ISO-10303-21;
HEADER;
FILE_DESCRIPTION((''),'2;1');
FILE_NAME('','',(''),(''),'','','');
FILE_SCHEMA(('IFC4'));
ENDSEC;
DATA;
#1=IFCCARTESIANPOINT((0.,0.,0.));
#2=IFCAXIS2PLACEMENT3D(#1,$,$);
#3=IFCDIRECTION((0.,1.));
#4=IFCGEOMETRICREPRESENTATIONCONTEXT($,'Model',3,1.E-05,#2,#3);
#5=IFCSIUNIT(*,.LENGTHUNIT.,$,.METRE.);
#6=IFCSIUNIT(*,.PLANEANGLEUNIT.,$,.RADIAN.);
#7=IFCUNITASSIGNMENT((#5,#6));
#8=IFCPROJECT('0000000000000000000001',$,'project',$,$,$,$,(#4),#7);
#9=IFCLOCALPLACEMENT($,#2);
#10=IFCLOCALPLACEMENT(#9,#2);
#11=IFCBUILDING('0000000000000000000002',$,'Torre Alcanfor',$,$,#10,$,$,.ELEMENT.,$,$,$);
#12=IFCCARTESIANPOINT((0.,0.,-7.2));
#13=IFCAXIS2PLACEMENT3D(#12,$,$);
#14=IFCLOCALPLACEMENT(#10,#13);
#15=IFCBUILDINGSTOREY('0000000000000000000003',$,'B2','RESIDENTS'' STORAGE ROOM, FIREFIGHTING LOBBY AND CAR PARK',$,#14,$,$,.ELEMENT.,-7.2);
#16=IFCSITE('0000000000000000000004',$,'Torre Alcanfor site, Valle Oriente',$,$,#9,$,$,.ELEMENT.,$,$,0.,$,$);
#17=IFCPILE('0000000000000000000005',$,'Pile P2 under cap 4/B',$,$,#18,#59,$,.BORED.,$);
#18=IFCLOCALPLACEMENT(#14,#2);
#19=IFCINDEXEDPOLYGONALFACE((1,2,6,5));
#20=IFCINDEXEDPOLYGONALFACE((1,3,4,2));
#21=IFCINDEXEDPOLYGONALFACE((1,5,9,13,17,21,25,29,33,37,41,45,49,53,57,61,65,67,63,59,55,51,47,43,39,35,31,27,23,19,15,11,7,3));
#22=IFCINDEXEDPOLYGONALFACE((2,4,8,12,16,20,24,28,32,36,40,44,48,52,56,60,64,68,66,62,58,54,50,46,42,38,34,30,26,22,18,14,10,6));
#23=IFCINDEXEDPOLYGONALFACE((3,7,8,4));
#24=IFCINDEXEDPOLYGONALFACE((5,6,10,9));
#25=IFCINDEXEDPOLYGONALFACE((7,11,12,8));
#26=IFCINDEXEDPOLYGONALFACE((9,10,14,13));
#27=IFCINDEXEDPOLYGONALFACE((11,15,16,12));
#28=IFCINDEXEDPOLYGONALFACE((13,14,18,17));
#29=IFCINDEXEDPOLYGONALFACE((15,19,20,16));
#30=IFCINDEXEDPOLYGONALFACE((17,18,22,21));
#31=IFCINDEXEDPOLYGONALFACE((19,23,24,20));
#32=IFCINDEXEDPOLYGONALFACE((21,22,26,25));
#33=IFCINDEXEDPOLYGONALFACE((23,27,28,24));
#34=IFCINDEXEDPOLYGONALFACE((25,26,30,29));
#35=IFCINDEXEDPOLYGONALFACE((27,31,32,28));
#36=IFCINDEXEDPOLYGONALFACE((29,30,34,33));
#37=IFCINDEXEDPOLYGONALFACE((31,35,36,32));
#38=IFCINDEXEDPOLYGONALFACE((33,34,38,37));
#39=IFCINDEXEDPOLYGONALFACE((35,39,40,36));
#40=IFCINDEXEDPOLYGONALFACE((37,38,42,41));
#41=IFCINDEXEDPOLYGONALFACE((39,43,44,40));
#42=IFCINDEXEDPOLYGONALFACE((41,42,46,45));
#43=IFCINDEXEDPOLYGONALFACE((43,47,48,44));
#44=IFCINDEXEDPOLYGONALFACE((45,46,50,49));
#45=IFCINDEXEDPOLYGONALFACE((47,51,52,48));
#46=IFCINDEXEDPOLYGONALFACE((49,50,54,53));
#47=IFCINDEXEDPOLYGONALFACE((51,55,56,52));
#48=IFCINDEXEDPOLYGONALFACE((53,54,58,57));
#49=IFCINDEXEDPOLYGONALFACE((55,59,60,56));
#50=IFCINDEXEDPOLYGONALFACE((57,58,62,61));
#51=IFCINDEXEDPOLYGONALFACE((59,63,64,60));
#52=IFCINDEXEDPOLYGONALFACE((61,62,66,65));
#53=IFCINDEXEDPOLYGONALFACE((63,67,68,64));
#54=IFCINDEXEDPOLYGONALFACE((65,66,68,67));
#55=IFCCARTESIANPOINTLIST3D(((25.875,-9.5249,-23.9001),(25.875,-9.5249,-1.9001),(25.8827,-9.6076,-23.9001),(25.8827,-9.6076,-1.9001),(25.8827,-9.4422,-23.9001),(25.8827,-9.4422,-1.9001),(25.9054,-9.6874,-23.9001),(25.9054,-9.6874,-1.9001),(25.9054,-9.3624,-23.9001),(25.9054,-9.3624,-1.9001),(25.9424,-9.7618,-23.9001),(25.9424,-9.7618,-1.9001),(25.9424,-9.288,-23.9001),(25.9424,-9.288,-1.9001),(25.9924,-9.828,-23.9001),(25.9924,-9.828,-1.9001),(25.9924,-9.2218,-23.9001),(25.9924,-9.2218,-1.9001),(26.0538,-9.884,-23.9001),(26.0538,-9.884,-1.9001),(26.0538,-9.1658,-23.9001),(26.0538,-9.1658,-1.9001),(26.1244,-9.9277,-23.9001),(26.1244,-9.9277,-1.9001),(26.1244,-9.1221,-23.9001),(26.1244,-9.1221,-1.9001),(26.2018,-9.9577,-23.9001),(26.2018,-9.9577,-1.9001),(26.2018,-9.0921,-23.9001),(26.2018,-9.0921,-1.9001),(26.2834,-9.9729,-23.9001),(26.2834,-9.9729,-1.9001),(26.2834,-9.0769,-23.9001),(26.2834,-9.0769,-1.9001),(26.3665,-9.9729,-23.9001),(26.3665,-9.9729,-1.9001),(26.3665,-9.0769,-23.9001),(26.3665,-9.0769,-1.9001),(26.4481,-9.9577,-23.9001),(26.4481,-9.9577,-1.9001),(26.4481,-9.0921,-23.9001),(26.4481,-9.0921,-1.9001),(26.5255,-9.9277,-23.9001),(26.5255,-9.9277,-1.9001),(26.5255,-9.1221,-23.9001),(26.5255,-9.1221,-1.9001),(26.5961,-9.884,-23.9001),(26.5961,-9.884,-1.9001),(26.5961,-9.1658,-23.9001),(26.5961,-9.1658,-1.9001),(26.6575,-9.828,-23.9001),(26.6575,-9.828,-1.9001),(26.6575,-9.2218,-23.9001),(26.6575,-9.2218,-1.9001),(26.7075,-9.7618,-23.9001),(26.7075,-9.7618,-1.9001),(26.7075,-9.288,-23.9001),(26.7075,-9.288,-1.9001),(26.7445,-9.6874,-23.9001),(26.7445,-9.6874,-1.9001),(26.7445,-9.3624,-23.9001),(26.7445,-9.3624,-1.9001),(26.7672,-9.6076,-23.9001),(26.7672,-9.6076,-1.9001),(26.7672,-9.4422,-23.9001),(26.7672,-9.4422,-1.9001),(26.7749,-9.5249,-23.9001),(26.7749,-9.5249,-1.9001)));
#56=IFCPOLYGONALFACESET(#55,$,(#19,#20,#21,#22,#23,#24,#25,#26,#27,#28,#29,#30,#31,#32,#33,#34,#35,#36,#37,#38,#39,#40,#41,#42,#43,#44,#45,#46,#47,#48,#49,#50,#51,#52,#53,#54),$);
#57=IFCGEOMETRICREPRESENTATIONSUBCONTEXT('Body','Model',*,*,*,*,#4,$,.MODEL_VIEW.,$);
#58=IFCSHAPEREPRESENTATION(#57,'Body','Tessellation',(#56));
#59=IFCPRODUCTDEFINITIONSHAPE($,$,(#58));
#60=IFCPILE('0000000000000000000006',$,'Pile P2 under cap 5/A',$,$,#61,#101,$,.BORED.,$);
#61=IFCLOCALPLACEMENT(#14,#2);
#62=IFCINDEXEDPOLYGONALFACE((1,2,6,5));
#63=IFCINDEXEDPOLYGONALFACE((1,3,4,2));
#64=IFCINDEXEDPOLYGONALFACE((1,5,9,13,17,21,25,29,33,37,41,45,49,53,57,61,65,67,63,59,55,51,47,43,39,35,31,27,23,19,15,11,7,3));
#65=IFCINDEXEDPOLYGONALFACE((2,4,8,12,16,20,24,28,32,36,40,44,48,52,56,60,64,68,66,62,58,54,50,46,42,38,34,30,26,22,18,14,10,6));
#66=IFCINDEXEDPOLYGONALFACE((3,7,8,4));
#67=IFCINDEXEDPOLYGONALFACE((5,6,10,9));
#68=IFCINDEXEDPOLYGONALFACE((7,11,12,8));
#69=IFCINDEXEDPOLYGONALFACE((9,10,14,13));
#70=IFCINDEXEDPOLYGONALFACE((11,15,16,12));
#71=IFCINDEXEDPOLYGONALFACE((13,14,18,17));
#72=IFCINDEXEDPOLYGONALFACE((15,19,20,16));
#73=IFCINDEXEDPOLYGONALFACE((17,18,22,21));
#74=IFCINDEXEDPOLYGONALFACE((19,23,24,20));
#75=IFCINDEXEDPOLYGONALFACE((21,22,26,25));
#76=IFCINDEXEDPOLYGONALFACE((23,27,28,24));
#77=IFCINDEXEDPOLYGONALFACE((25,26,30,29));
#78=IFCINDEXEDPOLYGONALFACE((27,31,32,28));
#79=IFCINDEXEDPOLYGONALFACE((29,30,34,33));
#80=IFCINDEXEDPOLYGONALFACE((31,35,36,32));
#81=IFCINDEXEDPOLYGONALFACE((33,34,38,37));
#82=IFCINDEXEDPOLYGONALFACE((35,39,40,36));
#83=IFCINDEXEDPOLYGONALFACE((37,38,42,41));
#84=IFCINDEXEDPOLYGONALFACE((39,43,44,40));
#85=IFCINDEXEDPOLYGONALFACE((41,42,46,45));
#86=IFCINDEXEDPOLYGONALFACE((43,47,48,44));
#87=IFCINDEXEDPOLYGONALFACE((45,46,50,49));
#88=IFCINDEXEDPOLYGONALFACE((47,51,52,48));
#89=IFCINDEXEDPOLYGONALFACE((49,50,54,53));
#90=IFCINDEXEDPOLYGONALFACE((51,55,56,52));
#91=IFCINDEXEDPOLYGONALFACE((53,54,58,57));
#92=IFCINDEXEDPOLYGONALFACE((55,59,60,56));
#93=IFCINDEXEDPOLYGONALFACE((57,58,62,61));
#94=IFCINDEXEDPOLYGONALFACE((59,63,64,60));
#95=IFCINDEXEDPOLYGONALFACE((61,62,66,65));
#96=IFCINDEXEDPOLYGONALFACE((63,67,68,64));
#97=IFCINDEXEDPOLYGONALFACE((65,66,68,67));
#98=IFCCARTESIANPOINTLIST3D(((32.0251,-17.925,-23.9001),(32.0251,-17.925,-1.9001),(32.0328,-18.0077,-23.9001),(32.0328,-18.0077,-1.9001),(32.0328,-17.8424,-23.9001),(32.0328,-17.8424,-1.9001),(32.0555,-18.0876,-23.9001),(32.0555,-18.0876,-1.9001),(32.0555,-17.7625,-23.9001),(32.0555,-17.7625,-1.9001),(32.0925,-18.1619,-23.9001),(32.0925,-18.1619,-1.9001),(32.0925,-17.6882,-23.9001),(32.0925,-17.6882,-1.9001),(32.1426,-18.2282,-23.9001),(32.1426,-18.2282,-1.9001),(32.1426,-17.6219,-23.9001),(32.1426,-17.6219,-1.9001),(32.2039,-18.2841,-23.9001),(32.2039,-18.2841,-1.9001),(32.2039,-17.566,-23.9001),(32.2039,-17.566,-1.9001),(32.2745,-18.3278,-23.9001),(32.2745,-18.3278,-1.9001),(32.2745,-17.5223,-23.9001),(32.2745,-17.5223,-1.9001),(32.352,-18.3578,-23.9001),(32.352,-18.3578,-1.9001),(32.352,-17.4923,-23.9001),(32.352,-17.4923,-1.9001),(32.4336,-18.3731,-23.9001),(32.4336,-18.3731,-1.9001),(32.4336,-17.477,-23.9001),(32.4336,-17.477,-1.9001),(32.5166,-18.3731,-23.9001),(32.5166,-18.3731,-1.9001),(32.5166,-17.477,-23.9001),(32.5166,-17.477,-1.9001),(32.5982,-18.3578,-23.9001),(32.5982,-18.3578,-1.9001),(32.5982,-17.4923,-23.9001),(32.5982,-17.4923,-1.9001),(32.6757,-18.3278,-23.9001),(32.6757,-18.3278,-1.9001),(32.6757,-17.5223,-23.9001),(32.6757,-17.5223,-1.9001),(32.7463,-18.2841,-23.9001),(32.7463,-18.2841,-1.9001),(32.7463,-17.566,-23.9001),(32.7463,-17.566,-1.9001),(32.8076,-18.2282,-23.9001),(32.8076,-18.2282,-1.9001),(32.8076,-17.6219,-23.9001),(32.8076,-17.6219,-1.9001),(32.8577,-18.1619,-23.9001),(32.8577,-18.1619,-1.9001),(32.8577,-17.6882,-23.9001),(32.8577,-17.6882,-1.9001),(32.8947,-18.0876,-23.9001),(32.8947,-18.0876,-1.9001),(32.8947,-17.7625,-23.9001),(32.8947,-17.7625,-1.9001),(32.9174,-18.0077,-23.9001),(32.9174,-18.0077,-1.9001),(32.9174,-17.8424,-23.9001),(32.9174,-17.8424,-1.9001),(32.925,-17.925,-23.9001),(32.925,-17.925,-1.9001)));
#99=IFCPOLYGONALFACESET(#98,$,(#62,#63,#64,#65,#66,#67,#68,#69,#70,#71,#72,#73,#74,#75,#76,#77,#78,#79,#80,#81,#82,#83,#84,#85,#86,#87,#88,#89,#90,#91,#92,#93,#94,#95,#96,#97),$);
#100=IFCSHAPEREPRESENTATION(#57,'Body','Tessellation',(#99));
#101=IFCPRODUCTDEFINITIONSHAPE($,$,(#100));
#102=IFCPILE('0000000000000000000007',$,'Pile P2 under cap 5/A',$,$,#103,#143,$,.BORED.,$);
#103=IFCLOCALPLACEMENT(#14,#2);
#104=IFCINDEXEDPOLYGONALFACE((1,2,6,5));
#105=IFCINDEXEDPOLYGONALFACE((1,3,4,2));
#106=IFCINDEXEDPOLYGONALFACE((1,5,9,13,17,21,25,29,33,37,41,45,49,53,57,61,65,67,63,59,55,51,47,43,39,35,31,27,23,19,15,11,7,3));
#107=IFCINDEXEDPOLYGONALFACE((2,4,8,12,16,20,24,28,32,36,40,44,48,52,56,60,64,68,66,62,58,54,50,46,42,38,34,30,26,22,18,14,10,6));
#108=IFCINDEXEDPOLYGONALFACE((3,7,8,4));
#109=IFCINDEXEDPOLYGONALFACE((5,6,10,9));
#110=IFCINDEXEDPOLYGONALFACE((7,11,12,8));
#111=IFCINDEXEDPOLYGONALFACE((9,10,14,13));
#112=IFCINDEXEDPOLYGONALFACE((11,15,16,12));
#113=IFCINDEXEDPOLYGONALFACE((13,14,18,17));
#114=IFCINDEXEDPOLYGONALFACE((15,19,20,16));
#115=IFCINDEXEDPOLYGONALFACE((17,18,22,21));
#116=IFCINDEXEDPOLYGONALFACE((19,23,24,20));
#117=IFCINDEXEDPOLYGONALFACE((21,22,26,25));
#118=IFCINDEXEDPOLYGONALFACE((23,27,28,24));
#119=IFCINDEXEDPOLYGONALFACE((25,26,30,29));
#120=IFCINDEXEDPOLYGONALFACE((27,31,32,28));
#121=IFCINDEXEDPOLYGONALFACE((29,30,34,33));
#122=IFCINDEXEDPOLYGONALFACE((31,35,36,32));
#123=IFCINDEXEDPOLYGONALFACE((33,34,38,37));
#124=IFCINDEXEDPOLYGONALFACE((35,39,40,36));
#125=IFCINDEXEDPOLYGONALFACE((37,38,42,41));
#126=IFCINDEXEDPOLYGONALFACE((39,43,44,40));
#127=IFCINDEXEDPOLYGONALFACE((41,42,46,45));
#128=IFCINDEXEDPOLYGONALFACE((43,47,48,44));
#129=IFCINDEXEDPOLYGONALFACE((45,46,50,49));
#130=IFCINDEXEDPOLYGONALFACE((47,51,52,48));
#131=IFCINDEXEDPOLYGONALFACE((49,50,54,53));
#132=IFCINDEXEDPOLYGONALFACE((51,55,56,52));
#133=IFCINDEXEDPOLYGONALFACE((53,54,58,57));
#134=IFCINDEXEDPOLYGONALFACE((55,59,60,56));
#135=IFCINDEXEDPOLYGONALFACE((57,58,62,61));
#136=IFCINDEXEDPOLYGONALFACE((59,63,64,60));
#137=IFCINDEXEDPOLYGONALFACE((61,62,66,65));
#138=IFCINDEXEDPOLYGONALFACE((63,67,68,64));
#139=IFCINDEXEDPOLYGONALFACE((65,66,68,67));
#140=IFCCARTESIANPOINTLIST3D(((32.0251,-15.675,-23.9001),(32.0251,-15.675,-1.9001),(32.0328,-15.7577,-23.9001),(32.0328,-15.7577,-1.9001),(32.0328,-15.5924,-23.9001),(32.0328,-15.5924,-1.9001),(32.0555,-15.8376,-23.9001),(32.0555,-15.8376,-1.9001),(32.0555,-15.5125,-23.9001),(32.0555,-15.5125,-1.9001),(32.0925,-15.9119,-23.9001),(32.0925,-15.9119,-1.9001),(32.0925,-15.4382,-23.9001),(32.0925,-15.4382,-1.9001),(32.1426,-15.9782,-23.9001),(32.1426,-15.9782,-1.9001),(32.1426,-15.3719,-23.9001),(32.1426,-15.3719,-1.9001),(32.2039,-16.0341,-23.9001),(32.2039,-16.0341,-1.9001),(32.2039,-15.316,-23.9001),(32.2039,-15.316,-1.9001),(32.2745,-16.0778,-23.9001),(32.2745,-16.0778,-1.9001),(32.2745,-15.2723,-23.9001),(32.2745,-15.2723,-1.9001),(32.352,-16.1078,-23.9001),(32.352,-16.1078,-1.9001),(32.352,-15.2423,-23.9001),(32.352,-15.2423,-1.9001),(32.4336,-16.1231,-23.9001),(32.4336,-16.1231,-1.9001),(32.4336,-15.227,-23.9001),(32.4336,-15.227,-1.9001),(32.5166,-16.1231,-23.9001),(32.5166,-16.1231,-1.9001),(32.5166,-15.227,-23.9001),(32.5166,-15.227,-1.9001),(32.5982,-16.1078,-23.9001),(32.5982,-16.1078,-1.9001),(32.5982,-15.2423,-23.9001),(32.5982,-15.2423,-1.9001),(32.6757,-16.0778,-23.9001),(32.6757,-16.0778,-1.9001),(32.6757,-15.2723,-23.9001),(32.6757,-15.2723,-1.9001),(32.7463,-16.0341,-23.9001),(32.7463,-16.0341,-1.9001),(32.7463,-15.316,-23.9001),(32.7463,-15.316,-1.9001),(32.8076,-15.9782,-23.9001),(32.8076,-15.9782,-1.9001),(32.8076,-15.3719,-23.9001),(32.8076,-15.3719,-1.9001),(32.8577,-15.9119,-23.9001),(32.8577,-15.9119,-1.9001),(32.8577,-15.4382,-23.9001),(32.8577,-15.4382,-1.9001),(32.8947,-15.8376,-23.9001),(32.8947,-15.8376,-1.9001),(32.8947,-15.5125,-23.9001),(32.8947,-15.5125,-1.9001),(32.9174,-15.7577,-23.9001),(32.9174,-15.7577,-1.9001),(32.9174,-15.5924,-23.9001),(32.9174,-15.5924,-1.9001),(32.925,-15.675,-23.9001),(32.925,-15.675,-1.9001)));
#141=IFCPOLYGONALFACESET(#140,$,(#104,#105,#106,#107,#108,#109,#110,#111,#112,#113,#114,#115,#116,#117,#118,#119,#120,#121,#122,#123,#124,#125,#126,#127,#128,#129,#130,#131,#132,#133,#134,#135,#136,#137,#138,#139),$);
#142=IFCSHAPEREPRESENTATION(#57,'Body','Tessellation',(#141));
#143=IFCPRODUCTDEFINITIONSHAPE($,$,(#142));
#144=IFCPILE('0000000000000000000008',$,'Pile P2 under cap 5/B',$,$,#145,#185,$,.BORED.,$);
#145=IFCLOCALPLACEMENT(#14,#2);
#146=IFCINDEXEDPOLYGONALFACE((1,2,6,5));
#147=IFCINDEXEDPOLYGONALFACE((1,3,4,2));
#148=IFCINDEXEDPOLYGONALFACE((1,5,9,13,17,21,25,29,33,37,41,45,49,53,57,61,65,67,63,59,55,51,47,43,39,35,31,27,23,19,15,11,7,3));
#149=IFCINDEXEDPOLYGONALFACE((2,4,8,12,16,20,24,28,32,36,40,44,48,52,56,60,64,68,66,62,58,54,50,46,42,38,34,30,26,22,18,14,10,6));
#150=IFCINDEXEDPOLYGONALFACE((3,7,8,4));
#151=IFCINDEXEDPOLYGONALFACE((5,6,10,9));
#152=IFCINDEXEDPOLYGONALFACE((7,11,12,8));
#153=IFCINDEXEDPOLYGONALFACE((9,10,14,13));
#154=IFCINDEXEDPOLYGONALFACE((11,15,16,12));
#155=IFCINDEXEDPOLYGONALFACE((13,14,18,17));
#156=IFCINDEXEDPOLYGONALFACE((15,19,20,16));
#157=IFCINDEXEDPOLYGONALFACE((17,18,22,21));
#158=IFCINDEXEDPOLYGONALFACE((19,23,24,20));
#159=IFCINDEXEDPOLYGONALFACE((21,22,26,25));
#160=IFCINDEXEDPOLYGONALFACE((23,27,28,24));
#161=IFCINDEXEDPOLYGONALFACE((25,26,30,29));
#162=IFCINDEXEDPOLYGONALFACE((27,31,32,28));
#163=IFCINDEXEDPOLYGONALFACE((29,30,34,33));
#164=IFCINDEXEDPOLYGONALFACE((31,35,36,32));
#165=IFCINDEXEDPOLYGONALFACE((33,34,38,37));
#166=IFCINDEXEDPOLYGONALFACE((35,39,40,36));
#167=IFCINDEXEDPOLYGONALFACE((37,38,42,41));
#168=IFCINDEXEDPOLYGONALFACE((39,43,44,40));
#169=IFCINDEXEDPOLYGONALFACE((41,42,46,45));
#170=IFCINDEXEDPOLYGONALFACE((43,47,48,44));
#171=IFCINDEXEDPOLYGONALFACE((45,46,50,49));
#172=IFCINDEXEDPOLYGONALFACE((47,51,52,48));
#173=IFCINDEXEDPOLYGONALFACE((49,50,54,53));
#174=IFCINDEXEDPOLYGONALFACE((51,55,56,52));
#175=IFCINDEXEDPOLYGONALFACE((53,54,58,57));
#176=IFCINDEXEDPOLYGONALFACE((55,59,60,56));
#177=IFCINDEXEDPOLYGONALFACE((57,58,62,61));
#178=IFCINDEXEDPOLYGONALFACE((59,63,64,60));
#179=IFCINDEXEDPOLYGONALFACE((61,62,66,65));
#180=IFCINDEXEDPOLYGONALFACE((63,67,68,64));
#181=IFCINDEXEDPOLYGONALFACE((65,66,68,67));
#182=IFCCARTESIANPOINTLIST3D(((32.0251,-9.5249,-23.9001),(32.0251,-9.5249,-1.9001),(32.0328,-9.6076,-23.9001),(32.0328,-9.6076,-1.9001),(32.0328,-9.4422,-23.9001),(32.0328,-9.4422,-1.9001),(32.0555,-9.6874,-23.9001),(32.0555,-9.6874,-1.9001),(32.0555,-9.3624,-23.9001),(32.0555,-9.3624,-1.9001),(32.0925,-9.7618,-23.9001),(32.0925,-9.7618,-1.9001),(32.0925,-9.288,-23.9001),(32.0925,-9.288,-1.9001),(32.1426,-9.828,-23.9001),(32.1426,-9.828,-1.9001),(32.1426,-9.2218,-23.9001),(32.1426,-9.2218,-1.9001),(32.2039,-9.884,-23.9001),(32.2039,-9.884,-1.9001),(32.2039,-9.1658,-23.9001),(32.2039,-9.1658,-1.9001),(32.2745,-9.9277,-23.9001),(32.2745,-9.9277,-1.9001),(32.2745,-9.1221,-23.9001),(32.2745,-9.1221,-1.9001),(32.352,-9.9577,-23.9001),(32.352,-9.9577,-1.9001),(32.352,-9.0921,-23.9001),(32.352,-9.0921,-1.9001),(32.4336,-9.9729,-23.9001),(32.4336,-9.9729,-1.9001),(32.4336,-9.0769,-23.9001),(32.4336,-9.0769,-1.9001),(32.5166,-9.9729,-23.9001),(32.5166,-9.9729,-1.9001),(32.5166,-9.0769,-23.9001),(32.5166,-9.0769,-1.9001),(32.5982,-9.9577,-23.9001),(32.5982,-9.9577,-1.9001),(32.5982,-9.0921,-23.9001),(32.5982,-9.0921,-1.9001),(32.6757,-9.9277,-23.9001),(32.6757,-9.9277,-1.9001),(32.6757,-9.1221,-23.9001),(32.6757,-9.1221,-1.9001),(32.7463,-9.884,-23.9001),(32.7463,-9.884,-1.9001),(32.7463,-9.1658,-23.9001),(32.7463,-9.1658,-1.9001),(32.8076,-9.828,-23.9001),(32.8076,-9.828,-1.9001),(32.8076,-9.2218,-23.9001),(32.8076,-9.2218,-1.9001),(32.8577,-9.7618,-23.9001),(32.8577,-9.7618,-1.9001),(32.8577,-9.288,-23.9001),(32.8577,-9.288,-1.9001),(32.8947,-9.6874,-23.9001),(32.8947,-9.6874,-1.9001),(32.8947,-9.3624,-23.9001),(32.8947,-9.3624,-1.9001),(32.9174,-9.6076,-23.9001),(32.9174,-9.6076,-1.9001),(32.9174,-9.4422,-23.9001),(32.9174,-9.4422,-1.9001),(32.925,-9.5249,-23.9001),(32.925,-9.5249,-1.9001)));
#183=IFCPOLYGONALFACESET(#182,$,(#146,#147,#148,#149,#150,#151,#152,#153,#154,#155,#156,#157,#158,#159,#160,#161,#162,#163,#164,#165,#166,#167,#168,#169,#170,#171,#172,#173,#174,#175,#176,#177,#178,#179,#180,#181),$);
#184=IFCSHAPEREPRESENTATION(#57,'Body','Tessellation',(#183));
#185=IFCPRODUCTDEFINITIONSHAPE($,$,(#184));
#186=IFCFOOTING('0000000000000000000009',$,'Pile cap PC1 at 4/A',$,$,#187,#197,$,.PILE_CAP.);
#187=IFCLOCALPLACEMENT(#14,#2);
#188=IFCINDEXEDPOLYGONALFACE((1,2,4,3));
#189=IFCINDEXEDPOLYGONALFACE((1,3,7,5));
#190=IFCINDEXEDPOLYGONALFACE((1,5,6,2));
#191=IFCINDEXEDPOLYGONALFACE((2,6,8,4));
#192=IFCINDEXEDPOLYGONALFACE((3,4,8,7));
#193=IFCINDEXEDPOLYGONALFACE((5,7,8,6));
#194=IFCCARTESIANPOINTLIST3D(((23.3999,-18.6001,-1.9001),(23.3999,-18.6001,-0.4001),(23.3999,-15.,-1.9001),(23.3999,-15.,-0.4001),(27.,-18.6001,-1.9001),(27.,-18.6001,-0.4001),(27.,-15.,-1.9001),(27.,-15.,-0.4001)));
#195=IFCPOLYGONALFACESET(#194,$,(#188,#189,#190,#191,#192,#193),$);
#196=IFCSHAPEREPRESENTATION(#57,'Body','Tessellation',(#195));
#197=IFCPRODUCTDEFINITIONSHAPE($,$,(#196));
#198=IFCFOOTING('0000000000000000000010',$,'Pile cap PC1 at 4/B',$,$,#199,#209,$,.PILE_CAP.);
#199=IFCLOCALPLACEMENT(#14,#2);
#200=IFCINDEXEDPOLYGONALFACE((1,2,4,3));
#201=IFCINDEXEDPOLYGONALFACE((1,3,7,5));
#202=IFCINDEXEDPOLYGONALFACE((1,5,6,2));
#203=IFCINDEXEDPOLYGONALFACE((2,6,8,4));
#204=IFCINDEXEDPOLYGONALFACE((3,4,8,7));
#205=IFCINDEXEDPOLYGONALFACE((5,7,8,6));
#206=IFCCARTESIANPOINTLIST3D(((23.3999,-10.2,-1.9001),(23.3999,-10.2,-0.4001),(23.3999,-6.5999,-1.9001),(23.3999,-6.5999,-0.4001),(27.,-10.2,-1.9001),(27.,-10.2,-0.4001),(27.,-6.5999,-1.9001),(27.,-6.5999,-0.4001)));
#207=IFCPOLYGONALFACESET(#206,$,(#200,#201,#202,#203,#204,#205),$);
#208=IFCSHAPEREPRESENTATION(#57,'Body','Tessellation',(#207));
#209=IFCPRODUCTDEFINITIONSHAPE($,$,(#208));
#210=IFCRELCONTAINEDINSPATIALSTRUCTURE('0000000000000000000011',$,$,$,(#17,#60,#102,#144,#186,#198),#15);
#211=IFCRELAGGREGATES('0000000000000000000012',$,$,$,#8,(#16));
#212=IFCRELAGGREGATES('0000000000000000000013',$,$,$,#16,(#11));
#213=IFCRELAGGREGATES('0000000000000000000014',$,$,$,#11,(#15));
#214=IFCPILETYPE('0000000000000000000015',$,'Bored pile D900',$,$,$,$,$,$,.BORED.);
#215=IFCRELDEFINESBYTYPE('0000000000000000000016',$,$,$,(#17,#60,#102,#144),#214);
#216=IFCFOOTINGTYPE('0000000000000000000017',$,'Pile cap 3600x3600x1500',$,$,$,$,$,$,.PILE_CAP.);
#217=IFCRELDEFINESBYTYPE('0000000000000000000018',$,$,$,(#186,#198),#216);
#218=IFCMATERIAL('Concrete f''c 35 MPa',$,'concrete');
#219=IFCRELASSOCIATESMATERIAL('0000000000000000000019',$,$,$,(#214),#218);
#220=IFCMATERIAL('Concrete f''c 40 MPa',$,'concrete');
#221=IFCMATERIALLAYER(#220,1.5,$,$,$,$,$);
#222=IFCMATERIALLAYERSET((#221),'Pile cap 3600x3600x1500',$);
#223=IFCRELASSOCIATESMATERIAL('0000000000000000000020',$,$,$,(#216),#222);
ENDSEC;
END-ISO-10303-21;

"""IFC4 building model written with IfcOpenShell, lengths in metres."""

from ifc_helpers import new_model, si_unit, direction, frame, origin, origin_2d, place, context, subcontext, project, spatial, rectangle, circle, extrude, material, layer, layer_set, material_profile, profile_set, type_object, element, save


model = new_model("IFC4")

# Units and contexts
model_context = context("Model", 3, precision=1e-05, world=origin(), true_north=direction((0.0, 1.0)))
body_context = subcontext(model_context, "Body", "Model", "MODEL_VIEW")
ifc_project = project(units=[si_unit("LENGTHUNIT", "METRE"), si_unit("PLANEANGLEUNIT", "RADIAN")], contexts=[model_context])

# Site, building, storey
site_placement = place(None, origin())
site = spatial("IfcSite", under=ifc_project, at=site_placement, Name="Torre Alcanfor site, Valle Oriente", CompositionType="ELEMENT", RefElevation=0.0)
building_placement = place(site_placement, origin())
building = spatial("IfcBuilding", under=site, at=building_placement, Name="Torre Alcanfor", CompositionType="ELEMENT")
storey_placement = place(building_placement, frame((0.0, 0.0, -7.2)))
storey = spatial("IfcBuildingStorey", under=building, at=storey_placement, Name="B2", Description="RESIDENTS' STORAGE ROOM, FIREFIGHTING LOBBY AND CAR PARK", CompositionType="ELEMENT", Elevation=-7.2)

# Piles
ifc_material_1 = material(Name="Concrete f'c 35 MPa", Category="concrete")
ifc_material_profile_1 = material_profile(ifc_material_1, circle(Radius=0.45, at=origin_2d()), Name="D900")
ifc_profile_set_1 = profile_set([ifc_material_profile_1], Name="Concrete f'c 35 MPa")
pile_type = type_object("IfcPileType", Name="Bored pile D900", PredefinedType="BORED", material=ifc_profile_set_1)
for number, where, z_axis, x_axis, name in (
    (1, (26.325, -9.5249, -1.9001), (0.0, 0.0, -1.0), (1.0, 0.0, 0.0), "Pile P2 under cap 4/B"),
    (2, (32.4751, -17.925, -1.9001), (0.0, 0.0, -1.0), (1.0, 0.0, 0.0), "Pile P2 under cap 5/A"),
    (3, (32.4751, -15.675, -1.9001), (0.0, 0.0, -1.0), (1.0, 0.0, 0.0), "Pile P2 under cap 5/A"),
    (4, (32.4751, -9.5249, -1.9001), (0.0, 0.0, -1.0), (1.0, 0.0, 0.0), "Pile P2 under cap 5/B"),
):
    element("IfcPile", number, at=place(storey_placement, frame(where, z_axis=z_axis, x_axis=x_axis)), inside=storey, type_object=pile_type, Name=name, PredefinedType="BORED", context=body_context, shape_type="SweptSolid", body=[
        extrude(circle(Radius=0.45, at=origin_2d()), origin(), (0.0, 0.0, 1.0), 22.0),
    ])

# Footings
ifc_material_2 = material(Name="Concrete f'c 40 MPa", Category="concrete")
ifc_layer_1 = layer(ifc_material_2, 1.5)
ifc_layer_set_1 = layer_set([ifc_layer_1], Name="Pile cap 3600x3600x1500")
footing_type = type_object("IfcFootingType", Name="Pile cap 3600x3600x1500", PredefinedType="PILE_CAP", material=ifc_layer_set_1)
for number, where, z_axis, x_axis, name in (
    (5, (25.2, -16.8, -1.9001), (0.0, 0.0, 1.0), (1.0, 0.0, 0.0), "Pile cap PC1 at 4/A"),
    (6, (25.2, -8.3999, -1.9001), (0.0, 0.0, 1.0), (1.0, 0.0, 0.0), "Pile cap PC1 at 4/B"),
):
    element("IfcFooting", number, at=place(storey_placement, frame(where, z_axis=z_axis, x_axis=x_axis)), inside=storey, type_object=footing_type, Name=name, PredefinedType="PILE_CAP", context=body_context, shape_type="SweptSolid", body=[
        extrude(rectangle(XDim=3.6001, YDim=3.6001, at=origin_2d()), origin(), (0.0, 0.0, 1.0), 1.5),
    ])

save(model, "model.ifc")
